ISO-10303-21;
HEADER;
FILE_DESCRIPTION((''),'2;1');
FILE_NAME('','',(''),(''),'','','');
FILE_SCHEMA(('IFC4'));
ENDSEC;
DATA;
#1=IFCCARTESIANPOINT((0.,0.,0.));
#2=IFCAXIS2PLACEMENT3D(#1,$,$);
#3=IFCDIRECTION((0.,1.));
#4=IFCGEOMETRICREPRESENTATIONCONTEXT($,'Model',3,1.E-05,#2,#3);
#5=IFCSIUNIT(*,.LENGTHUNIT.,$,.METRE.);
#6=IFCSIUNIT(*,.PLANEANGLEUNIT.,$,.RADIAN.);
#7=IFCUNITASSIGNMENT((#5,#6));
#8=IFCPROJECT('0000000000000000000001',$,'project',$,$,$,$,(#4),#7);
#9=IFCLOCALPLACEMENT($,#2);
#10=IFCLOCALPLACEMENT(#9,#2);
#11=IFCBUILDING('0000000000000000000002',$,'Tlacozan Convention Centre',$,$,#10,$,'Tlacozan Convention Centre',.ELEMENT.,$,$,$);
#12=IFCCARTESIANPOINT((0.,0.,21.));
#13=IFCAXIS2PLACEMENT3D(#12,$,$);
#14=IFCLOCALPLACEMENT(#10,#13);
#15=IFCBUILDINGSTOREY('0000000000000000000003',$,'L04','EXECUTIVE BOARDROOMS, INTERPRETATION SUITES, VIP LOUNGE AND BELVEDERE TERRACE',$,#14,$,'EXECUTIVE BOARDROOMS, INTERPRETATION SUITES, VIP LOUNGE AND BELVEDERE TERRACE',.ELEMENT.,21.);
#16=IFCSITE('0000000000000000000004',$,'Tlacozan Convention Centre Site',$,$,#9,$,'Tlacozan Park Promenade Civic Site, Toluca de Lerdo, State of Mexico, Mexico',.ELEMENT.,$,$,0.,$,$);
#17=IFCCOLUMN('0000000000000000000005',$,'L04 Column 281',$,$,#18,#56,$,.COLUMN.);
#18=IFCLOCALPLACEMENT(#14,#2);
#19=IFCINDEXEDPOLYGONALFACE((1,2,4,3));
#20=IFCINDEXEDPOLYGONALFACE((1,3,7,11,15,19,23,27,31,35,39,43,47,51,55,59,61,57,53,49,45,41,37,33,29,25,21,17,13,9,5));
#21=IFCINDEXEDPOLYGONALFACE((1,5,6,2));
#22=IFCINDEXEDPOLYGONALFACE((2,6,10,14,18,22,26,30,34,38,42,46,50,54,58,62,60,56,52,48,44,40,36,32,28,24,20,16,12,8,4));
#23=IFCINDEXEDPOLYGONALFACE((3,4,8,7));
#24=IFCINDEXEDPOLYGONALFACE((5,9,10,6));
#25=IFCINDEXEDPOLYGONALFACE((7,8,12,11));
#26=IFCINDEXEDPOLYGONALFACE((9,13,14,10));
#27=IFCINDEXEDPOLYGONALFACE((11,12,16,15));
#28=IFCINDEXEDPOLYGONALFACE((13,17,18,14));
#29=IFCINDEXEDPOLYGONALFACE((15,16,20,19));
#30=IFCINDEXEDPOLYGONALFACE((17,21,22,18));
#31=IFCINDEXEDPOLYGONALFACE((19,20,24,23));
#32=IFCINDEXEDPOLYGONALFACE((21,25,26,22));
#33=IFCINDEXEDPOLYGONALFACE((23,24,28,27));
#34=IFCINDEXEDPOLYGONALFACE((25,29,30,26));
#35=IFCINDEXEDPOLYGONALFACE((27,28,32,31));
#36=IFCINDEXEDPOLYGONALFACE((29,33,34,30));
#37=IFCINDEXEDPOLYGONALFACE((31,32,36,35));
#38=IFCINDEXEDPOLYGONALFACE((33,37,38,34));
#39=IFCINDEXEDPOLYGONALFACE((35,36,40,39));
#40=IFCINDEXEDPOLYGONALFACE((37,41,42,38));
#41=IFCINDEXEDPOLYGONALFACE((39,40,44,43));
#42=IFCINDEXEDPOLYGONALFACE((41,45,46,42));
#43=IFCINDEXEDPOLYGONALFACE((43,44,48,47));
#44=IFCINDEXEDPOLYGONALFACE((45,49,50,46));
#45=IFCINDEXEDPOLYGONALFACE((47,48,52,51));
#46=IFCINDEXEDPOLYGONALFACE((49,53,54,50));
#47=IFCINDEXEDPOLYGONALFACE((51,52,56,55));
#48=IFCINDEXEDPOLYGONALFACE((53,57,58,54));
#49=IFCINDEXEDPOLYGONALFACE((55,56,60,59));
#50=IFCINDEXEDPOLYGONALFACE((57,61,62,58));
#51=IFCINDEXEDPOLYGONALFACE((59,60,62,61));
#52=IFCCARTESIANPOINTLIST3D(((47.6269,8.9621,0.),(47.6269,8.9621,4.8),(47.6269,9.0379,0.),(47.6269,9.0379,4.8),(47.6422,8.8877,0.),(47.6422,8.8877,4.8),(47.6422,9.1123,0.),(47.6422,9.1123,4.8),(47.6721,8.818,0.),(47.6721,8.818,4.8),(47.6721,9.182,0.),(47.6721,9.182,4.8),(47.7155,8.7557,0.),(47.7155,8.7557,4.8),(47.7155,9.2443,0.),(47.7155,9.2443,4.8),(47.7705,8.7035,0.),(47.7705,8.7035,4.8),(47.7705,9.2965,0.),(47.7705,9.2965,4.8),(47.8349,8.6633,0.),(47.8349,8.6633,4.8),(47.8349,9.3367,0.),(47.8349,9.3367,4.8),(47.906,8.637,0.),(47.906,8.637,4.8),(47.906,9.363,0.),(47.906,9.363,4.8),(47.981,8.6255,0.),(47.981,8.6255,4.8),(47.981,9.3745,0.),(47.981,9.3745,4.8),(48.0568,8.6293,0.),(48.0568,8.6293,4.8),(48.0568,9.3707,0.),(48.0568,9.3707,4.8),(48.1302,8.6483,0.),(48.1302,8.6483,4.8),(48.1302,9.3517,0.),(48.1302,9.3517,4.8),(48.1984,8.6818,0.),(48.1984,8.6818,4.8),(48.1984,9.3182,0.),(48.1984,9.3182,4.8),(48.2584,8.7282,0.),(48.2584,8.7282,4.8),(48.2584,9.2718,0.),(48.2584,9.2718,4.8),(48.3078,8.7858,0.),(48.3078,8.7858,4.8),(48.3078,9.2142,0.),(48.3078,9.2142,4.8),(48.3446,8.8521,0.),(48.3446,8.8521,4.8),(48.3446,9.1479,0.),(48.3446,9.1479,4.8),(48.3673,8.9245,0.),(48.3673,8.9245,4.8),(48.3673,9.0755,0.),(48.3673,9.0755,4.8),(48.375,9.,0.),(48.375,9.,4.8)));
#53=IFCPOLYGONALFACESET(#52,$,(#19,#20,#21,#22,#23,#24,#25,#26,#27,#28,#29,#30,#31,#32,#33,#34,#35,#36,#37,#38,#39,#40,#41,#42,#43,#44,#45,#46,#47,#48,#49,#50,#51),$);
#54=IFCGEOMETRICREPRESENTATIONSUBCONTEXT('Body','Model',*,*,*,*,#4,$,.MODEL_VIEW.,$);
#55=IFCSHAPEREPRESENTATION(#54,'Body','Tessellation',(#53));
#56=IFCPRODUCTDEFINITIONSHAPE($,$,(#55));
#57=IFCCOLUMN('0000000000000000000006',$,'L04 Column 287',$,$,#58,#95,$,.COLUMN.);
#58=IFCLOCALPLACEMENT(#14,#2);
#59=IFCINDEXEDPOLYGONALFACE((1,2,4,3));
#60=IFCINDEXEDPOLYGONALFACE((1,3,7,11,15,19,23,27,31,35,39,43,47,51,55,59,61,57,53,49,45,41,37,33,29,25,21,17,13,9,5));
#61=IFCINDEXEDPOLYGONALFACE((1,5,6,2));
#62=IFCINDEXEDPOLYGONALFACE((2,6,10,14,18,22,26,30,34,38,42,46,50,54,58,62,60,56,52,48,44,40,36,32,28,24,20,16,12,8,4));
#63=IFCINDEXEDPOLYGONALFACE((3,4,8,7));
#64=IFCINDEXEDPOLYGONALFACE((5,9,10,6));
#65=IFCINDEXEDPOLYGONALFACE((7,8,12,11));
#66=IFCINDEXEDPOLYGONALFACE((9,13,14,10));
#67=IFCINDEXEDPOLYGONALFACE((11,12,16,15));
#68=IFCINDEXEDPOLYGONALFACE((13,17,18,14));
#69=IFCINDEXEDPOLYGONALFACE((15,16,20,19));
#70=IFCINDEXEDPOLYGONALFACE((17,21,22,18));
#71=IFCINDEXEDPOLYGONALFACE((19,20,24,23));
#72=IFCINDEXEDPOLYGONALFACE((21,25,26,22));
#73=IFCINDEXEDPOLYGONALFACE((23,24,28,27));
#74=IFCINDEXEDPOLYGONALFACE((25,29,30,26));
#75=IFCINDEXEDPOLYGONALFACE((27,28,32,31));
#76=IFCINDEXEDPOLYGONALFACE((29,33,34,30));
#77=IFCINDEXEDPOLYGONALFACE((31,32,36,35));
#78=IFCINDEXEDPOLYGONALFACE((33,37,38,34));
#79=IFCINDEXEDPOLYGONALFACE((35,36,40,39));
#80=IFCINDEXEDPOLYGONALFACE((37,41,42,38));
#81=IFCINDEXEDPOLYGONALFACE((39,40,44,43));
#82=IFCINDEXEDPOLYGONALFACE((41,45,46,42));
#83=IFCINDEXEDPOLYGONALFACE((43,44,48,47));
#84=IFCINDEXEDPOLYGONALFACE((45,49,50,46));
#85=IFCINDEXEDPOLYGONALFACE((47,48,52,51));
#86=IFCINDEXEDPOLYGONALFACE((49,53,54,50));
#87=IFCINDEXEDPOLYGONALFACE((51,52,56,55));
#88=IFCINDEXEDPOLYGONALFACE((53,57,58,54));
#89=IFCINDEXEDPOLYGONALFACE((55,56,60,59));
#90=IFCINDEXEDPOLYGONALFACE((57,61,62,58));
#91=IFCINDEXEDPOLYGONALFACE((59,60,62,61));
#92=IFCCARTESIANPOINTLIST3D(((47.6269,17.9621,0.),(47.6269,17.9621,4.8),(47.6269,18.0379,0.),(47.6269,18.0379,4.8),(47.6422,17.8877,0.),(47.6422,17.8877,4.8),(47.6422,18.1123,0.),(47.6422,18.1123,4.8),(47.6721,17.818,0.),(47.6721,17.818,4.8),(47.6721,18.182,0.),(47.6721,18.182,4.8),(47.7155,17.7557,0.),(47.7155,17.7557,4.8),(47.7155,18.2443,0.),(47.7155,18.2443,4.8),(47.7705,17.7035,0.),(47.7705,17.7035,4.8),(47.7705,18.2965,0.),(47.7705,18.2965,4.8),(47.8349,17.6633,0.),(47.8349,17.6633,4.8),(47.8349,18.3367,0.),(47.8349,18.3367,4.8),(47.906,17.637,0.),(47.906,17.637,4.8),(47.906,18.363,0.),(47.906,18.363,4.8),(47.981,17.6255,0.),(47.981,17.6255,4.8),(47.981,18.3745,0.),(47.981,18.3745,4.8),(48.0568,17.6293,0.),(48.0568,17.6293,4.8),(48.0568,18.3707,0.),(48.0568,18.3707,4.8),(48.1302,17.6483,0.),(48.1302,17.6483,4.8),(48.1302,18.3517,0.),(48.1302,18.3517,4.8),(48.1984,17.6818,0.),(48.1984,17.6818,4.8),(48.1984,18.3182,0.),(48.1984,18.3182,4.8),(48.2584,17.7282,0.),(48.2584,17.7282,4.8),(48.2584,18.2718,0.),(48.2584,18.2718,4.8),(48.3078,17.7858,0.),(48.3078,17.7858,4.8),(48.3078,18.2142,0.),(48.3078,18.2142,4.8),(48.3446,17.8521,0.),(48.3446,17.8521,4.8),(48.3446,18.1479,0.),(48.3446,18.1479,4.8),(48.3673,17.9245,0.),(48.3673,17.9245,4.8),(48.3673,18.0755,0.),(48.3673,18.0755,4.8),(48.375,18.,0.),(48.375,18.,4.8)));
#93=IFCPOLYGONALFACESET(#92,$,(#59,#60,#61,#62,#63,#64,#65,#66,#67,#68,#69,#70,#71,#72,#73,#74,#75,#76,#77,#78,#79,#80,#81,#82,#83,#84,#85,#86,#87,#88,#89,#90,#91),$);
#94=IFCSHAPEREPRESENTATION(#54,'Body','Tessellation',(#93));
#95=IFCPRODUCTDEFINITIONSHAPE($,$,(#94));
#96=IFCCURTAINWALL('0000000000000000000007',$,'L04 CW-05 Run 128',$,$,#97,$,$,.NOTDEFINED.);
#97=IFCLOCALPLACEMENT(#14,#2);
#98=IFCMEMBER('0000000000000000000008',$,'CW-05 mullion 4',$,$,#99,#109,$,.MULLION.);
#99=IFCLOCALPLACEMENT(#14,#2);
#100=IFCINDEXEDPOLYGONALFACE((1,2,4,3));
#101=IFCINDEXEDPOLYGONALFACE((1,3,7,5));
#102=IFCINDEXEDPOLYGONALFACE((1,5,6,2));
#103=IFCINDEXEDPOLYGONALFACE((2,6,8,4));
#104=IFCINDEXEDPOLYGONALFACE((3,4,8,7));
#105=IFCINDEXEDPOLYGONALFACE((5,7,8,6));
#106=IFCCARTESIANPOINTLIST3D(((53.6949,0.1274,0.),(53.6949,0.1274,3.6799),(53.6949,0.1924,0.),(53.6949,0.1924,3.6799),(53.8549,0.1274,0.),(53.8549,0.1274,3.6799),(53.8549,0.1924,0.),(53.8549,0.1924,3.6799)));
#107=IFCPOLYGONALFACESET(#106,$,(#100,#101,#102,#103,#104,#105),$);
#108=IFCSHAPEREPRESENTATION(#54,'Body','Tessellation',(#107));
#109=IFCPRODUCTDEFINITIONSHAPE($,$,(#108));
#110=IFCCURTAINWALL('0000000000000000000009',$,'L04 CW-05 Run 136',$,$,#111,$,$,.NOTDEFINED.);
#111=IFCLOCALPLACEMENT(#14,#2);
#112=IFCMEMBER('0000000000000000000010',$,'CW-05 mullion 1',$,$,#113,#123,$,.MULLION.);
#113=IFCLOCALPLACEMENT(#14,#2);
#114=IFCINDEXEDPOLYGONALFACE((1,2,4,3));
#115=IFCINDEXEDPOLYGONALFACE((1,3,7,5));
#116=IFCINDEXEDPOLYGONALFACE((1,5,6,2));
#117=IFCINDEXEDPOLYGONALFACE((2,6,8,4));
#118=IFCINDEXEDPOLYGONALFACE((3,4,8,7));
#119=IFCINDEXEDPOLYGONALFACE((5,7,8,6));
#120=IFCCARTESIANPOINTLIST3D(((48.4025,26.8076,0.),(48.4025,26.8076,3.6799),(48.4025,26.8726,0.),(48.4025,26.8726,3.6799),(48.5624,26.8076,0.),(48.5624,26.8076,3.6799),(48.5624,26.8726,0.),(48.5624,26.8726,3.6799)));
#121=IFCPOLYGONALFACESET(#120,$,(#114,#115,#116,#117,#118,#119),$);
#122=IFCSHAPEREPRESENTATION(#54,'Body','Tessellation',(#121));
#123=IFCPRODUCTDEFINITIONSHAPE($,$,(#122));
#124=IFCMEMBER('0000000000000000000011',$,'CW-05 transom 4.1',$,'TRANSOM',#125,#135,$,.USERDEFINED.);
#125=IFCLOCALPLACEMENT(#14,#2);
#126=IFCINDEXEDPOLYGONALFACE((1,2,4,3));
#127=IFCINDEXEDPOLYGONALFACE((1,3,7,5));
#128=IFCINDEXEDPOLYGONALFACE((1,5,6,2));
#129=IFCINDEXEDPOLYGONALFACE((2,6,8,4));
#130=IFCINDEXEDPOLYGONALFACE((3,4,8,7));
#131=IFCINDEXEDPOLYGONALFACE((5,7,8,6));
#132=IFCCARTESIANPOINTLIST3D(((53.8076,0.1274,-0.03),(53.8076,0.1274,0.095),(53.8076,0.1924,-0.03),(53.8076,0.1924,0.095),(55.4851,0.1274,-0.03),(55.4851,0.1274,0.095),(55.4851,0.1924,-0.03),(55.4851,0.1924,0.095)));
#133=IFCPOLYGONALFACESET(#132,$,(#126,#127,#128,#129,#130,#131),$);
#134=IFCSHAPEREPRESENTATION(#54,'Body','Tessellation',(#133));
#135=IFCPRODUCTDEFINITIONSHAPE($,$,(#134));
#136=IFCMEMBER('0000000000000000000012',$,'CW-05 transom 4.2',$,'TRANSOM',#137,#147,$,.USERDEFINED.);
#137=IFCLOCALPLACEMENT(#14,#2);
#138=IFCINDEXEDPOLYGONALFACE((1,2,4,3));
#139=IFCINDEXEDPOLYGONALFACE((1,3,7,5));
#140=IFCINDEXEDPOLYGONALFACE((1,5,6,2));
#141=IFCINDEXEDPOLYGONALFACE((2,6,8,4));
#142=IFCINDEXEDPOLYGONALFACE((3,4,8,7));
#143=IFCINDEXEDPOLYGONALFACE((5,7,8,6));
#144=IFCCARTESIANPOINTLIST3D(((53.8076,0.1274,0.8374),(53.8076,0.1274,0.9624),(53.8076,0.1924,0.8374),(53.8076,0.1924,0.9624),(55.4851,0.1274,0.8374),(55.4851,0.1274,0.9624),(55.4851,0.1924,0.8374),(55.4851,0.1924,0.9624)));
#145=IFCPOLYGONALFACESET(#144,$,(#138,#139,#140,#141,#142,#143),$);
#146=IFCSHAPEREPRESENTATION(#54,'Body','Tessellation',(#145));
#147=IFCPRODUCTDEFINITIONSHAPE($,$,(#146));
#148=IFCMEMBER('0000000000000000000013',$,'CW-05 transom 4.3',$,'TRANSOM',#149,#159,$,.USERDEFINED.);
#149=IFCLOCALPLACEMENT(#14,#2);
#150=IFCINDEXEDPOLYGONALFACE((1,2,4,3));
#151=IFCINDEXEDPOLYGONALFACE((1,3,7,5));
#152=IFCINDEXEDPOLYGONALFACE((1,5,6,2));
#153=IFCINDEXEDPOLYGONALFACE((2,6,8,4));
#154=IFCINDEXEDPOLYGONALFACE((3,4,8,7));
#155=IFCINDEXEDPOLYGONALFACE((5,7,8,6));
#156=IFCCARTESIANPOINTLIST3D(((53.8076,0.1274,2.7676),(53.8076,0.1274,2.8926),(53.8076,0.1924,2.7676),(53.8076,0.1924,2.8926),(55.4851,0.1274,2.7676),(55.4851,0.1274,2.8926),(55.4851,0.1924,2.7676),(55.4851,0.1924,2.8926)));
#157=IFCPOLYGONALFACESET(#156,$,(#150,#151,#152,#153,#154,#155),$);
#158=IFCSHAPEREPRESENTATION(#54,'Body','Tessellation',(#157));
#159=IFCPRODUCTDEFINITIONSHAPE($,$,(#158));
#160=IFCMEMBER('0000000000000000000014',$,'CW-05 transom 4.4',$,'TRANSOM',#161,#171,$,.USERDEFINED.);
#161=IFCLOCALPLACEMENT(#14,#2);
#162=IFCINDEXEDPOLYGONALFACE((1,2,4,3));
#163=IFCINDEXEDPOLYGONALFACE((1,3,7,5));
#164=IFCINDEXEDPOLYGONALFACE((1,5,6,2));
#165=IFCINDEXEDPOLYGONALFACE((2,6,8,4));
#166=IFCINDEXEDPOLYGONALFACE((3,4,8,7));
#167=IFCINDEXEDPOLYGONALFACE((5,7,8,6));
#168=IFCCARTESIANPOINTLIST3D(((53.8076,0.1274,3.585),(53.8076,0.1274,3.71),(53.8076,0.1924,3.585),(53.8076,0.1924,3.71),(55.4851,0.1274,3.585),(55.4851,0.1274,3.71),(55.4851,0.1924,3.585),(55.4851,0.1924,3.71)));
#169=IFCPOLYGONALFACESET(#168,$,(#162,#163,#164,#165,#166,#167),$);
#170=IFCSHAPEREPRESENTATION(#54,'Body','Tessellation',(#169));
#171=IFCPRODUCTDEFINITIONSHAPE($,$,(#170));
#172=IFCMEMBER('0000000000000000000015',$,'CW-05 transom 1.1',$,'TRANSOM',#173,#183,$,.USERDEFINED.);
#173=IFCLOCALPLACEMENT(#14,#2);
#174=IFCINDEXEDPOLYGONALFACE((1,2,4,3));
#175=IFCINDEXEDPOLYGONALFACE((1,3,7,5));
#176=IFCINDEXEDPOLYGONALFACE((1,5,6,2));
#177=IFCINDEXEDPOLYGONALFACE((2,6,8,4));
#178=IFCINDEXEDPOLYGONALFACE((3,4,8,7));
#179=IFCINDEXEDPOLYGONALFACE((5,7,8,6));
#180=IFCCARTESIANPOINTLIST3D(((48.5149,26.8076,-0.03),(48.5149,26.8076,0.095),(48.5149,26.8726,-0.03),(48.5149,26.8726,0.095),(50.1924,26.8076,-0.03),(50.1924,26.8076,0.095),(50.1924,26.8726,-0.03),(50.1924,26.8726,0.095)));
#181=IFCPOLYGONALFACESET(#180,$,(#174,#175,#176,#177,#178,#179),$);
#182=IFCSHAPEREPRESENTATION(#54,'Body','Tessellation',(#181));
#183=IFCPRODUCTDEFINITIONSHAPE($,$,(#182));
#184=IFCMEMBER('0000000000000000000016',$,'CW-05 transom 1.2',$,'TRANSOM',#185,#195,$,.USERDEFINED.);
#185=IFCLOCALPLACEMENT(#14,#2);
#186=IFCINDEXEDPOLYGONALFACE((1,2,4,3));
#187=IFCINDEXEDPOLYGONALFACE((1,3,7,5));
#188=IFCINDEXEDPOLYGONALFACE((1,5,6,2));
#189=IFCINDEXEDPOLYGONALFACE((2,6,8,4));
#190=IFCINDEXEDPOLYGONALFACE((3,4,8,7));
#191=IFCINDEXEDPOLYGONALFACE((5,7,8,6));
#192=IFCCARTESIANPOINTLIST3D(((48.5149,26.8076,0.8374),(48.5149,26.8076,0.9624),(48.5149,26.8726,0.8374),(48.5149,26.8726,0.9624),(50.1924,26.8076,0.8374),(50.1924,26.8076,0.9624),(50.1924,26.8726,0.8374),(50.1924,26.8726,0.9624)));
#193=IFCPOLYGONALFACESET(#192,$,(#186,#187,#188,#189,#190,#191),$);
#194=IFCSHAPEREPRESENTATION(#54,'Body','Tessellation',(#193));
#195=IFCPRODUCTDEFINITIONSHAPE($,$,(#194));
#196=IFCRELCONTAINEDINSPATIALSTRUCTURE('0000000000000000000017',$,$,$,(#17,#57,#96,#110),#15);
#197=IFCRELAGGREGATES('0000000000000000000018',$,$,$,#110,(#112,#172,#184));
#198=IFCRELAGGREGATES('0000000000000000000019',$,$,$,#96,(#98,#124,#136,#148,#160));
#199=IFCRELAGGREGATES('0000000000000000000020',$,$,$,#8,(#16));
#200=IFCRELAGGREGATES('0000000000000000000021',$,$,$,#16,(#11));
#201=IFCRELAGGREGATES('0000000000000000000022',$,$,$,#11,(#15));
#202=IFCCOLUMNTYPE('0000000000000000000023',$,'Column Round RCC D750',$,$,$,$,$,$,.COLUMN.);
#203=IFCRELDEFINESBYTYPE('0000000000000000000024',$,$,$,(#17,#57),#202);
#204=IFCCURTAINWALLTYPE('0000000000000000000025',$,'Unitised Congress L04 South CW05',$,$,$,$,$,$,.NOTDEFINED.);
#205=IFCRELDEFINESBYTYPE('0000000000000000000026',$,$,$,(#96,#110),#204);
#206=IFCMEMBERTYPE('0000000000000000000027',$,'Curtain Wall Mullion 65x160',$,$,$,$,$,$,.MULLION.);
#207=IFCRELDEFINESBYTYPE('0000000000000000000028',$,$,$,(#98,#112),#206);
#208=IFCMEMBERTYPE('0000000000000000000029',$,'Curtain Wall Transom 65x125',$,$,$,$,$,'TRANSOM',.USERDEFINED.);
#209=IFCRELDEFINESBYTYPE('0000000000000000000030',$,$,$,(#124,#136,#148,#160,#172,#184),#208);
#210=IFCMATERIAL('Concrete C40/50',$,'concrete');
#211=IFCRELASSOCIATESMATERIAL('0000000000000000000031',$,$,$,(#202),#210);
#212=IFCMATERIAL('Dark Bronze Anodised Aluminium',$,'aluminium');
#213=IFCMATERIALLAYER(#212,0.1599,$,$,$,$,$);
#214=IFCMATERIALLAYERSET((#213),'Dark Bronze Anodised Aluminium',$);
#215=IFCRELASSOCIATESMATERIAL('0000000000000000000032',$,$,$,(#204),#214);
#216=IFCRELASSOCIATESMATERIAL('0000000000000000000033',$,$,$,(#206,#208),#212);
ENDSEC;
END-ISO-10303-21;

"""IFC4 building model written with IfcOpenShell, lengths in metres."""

from ifc_helpers import new_model, si_unit, direction, frame, origin, origin_2d, place, context, subcontext, project, spatial, rectangle, circle, extrude, material, layer, layer_set, material_profile, profile_set, type_object, element, aggregate, save


model = new_model("IFC4")

# Units and contexts
model_context = context("Model", 3, precision=1e-05, world=origin(), true_north=direction((0.0, 1.0)))
body_context = subcontext(model_context, "Body", "Model", "MODEL_VIEW")
ifc_project = project(units=[si_unit("LENGTHUNIT", "METRE"), si_unit("PLANEANGLEUNIT", "RADIAN")], contexts=[model_context])

# Site, building, storey
site_placement = place(None, origin())
site = spatial("IfcSite", under=ifc_project, at=site_placement, Name="Tlacozan Convention Centre Site", LongName="Tlacozan Park Promenade Civic Site, Toluca de Lerdo, State of Mexico, Mexico", CompositionType="ELEMENT", RefElevation=0.0)
building_placement = place(site_placement, origin())
building = spatial("IfcBuilding", under=site, at=building_placement, Name="Tlacozan Convention Centre", LongName="Tlacozan Convention Centre", CompositionType="ELEMENT")
storey_placement = place(building_placement, frame((0.0, 0.0, 21.0)))
storey = spatial("IfcBuildingStorey", under=building, at=storey_placement, Name="L04", Description="EXECUTIVE BOARDROOMS, INTERPRETATION SUITES, VIP LOUNGE AND BELVEDERE TERRACE", LongName="EXECUTIVE BOARDROOMS, INTERPRETATION SUITES, VIP LOUNGE AND BELVEDERE TERRACE", CompositionType="ELEMENT", Elevation=21.0)

# Columns
ifc_material_1 = material(Name="Concrete C40/50", Category="concrete")
ifc_material_profile_1 = material_profile(ifc_material_1, circle(Radius=0.375, at=origin_2d()), Name="RCC D750")
ifc_profile_set_1 = profile_set([ifc_material_profile_1], Name="Concrete C40/50")
column_type = type_object("IfcColumnType", Name="Column Round RCC D750", PredefinedType="COLUMN", material=ifc_profile_set_1)
for number, where, z_axis, x_axis, name in (
    (1, (48.0, 9.0, 0.0), (0.0, 0.0, 1.0), (1.0, 0.0, 0.0), "L04 Column 281"),
    (2, (48.0, 18.0, 0.0), (0.0, 0.0, 1.0), (1.0, 0.0, 0.0), "L04 Column 287"),
):
    element("IfcColumn", number, at=place(storey_placement, frame(where, z_axis=z_axis, x_axis=x_axis)), inside=storey, type_object=column_type, Name=name, PredefinedType="COLUMN", context=body_context, shape_type="SweptSolid", body=[
        extrude(circle(Radius=0.375, at=origin_2d()), origin(), (0.0, 0.0, 1.0), 4.8),
    ])

# Curtain walls, members
ifc_material_2 = material(Name="Dark Bronze Anodised Aluminium", Category="aluminium")
ifc_layer_1 = layer(ifc_material_2, 0.1599)
ifc_layer_set_1 = layer_set([ifc_layer_1], Name="Dark Bronze Anodised Aluminium")
curtain_wall_type = type_object("IfcCurtainWallType", Name="Unitised Congress L04 South CW05", PredefinedType="NOTDEFINED", material=ifc_layer_set_1)
curtain_wall_1_placement = place(storey_placement, origin())
curtain_wall_1 = element("IfcCurtainWall", 3, at=curtain_wall_1_placement, inside=storey, type_object=curtain_wall_type, Name="L04 CW-05 Run 128", PredefinedType="NOTDEFINED")
ifc_material_profile_2 = material_profile(ifc_material_2, rectangle(XDim=0.0649, YDim=0.1599, at=origin_2d()), Name="ALU 65x160")
ifc_profile_set_2 = profile_set([ifc_material_profile_2], Name="Dark Bronze Anodised Aluminium")
member_type_1 = type_object("IfcMemberType", Name="Curtain Wall Mullion 65x160", PredefinedType="MULLION", material=ifc_profile_set_2)
member_1_placement = place(storey_placement, frame((53.7749, 0.1599, 0.0), z_axis=(0.0, 0.0, 1.0), x_axis=(0.0, 1.0, 0.0)))
member_1 = element("IfcMember", 4, at=member_1_placement, type_object=member_type_1, Name="CW-05 mullion 4", PredefinedType="MULLION", context=body_context, shape_type="SweptSolid", body=[
    extrude(rectangle(XDim=0.0649, YDim=0.1599, at=origin_2d()), origin(), (0.0, 0.0, 1.0), 3.6799),
])
curtain_wall_2_placement = place(storey_placement, origin())
curtain_wall_2 = element("IfcCurtainWall", 5, at=curtain_wall_2_placement, inside=storey, type_object=curtain_wall_type, Name="L04 CW-05 Run 136", PredefinedType="NOTDEFINED")
member_2_placement = place(storey_placement, frame((48.4824, 26.8401, 0.0), z_axis=(0.0, 0.0, 1.0), x_axis=(0.0, 1.0, 0.0)))
member_2 = element("IfcMember", 6, at=member_2_placement, type_object=member_type_1, Name="CW-05 mullion 1", PredefinedType="MULLION", context=body_context, shape_type="SweptSolid", body=[
    extrude(rectangle(XDim=0.0649, YDim=0.1599, at=origin_2d()), origin(), (0.0, 0.0, 1.0), 3.6799),
])

# Members
ifc_material_profile_3 = material_profile(ifc_material_2, rectangle(XDim=0.0649, YDim=0.125, at=origin_2d()), Name="ALU 65x125")
ifc_profile_set_3 = profile_set([ifc_material_profile_3], Name="Dark Bronze Anodised Aluminium")
member_type_2 = type_object("IfcMemberType", Name="Curtain Wall Transom 65x125", ElementType="TRANSOM", PredefinedType="USERDEFINED", material=ifc_profile_set_3)
member_3_placement = place(storey_placement, frame((53.8076, 0.1599, 0.0325), z_axis=(1.0, 0.0, 0.0), x_axis=(0.0, 1.0, 0.0)))
member_3 = element("IfcMember", 7, at=member_3_placement, type_object=member_type_2, Name="CW-05 transom 4.1", ObjectType="TRANSOM", PredefinedType="USERDEFINED", context=body_context, shape_type="SweptSolid", body=[
    extrude(rectangle(XDim=0.0649, YDim=0.125, at=origin_2d()), origin(), (0.0, 0.0, 1.0), 1.6775),
])
member_4_placement = place(storey_placement, frame((53.8076, 0.1599, 0.8999), z_axis=(1.0, 0.0, 0.0), x_axis=(0.0, 1.0, 0.0)))
member_4 = element("IfcMember", 8, at=member_4_placement, type_object=member_type_2, Name="CW-05 transom 4.2", ObjectType="TRANSOM", PredefinedType="USERDEFINED", context=body_context, shape_type="SweptSolid", body=[
    extrude(rectangle(XDim=0.0649, YDim=0.125, at=origin_2d()), origin(), (0.0, 0.0, 1.0), 1.6775),
])
member_5_placement = place(storey_placement, frame((53.8076, 0.1599, 2.8301), z_axis=(1.0, 0.0, 0.0), x_axis=(0.0, 1.0, 0.0)))
member_5 = element("IfcMember", 9, at=member_5_placement, type_object=member_type_2, Name="CW-05 transom 4.3", ObjectType="TRANSOM", PredefinedType="USERDEFINED", context=body_context, shape_type="SweptSolid", body=[
    extrude(rectangle(XDim=0.0649, YDim=0.125, at=origin_2d()), origin(), (0.0, 0.0, 1.0), 1.6775),
])
member_6_placement = place(storey_placement, frame((53.8076, 0.1599, 3.6475), z_axis=(1.0, 0.0, 0.0), x_axis=(0.0, 1.0, 0.0)))
member_6 = element("IfcMember", 10, at=member_6_placement, type_object=member_type_2, Name="CW-05 transom 4.4", ObjectType="TRANSOM", PredefinedType="USERDEFINED", context=body_context, shape_type="SweptSolid", body=[
    extrude(rectangle(XDim=0.0649, YDim=0.125, at=origin_2d()), origin(), (0.0, 0.0, 1.0), 1.6775),
])
member_7_placement = place(storey_placement, frame((48.5149, 26.8401, 0.0325), z_axis=(1.0, 0.0, 0.0), x_axis=(0.0, 1.0, 0.0)))
member_7 = element("IfcMember", 11, at=member_7_placement, type_object=member_type_2, Name="CW-05 transom 1.1", ObjectType="TRANSOM", PredefinedType="USERDEFINED", context=body_context, shape_type="SweptSolid", body=[
    extrude(rectangle(XDim=0.0649, YDim=0.125, at=origin_2d()), origin(), (0.0, 0.0, 1.0), 1.6775),
])
member_8_placement = place(storey_placement, frame((48.5149, 26.8401, 0.8999), z_axis=(1.0, 0.0, 0.0), x_axis=(0.0, 1.0, 0.0)))
member_8 = element("IfcMember", 12, at=member_8_placement, type_object=member_type_2, Name="CW-05 transom 1.2", ObjectType="TRANSOM", PredefinedType="USERDEFINED", context=body_context, shape_type="SweptSolid", body=[
    extrude(rectangle(XDim=0.0649, YDim=0.125, at=origin_2d()), origin(), (0.0, 0.0, 1.0), 1.6775),
])

aggregate(curtain_wall_2, [member_2, member_7, member_8])
aggregate(curtain_wall_1, [member_1, member_3, member_4, member_5, member_6])

save(model, "model.ifc")
